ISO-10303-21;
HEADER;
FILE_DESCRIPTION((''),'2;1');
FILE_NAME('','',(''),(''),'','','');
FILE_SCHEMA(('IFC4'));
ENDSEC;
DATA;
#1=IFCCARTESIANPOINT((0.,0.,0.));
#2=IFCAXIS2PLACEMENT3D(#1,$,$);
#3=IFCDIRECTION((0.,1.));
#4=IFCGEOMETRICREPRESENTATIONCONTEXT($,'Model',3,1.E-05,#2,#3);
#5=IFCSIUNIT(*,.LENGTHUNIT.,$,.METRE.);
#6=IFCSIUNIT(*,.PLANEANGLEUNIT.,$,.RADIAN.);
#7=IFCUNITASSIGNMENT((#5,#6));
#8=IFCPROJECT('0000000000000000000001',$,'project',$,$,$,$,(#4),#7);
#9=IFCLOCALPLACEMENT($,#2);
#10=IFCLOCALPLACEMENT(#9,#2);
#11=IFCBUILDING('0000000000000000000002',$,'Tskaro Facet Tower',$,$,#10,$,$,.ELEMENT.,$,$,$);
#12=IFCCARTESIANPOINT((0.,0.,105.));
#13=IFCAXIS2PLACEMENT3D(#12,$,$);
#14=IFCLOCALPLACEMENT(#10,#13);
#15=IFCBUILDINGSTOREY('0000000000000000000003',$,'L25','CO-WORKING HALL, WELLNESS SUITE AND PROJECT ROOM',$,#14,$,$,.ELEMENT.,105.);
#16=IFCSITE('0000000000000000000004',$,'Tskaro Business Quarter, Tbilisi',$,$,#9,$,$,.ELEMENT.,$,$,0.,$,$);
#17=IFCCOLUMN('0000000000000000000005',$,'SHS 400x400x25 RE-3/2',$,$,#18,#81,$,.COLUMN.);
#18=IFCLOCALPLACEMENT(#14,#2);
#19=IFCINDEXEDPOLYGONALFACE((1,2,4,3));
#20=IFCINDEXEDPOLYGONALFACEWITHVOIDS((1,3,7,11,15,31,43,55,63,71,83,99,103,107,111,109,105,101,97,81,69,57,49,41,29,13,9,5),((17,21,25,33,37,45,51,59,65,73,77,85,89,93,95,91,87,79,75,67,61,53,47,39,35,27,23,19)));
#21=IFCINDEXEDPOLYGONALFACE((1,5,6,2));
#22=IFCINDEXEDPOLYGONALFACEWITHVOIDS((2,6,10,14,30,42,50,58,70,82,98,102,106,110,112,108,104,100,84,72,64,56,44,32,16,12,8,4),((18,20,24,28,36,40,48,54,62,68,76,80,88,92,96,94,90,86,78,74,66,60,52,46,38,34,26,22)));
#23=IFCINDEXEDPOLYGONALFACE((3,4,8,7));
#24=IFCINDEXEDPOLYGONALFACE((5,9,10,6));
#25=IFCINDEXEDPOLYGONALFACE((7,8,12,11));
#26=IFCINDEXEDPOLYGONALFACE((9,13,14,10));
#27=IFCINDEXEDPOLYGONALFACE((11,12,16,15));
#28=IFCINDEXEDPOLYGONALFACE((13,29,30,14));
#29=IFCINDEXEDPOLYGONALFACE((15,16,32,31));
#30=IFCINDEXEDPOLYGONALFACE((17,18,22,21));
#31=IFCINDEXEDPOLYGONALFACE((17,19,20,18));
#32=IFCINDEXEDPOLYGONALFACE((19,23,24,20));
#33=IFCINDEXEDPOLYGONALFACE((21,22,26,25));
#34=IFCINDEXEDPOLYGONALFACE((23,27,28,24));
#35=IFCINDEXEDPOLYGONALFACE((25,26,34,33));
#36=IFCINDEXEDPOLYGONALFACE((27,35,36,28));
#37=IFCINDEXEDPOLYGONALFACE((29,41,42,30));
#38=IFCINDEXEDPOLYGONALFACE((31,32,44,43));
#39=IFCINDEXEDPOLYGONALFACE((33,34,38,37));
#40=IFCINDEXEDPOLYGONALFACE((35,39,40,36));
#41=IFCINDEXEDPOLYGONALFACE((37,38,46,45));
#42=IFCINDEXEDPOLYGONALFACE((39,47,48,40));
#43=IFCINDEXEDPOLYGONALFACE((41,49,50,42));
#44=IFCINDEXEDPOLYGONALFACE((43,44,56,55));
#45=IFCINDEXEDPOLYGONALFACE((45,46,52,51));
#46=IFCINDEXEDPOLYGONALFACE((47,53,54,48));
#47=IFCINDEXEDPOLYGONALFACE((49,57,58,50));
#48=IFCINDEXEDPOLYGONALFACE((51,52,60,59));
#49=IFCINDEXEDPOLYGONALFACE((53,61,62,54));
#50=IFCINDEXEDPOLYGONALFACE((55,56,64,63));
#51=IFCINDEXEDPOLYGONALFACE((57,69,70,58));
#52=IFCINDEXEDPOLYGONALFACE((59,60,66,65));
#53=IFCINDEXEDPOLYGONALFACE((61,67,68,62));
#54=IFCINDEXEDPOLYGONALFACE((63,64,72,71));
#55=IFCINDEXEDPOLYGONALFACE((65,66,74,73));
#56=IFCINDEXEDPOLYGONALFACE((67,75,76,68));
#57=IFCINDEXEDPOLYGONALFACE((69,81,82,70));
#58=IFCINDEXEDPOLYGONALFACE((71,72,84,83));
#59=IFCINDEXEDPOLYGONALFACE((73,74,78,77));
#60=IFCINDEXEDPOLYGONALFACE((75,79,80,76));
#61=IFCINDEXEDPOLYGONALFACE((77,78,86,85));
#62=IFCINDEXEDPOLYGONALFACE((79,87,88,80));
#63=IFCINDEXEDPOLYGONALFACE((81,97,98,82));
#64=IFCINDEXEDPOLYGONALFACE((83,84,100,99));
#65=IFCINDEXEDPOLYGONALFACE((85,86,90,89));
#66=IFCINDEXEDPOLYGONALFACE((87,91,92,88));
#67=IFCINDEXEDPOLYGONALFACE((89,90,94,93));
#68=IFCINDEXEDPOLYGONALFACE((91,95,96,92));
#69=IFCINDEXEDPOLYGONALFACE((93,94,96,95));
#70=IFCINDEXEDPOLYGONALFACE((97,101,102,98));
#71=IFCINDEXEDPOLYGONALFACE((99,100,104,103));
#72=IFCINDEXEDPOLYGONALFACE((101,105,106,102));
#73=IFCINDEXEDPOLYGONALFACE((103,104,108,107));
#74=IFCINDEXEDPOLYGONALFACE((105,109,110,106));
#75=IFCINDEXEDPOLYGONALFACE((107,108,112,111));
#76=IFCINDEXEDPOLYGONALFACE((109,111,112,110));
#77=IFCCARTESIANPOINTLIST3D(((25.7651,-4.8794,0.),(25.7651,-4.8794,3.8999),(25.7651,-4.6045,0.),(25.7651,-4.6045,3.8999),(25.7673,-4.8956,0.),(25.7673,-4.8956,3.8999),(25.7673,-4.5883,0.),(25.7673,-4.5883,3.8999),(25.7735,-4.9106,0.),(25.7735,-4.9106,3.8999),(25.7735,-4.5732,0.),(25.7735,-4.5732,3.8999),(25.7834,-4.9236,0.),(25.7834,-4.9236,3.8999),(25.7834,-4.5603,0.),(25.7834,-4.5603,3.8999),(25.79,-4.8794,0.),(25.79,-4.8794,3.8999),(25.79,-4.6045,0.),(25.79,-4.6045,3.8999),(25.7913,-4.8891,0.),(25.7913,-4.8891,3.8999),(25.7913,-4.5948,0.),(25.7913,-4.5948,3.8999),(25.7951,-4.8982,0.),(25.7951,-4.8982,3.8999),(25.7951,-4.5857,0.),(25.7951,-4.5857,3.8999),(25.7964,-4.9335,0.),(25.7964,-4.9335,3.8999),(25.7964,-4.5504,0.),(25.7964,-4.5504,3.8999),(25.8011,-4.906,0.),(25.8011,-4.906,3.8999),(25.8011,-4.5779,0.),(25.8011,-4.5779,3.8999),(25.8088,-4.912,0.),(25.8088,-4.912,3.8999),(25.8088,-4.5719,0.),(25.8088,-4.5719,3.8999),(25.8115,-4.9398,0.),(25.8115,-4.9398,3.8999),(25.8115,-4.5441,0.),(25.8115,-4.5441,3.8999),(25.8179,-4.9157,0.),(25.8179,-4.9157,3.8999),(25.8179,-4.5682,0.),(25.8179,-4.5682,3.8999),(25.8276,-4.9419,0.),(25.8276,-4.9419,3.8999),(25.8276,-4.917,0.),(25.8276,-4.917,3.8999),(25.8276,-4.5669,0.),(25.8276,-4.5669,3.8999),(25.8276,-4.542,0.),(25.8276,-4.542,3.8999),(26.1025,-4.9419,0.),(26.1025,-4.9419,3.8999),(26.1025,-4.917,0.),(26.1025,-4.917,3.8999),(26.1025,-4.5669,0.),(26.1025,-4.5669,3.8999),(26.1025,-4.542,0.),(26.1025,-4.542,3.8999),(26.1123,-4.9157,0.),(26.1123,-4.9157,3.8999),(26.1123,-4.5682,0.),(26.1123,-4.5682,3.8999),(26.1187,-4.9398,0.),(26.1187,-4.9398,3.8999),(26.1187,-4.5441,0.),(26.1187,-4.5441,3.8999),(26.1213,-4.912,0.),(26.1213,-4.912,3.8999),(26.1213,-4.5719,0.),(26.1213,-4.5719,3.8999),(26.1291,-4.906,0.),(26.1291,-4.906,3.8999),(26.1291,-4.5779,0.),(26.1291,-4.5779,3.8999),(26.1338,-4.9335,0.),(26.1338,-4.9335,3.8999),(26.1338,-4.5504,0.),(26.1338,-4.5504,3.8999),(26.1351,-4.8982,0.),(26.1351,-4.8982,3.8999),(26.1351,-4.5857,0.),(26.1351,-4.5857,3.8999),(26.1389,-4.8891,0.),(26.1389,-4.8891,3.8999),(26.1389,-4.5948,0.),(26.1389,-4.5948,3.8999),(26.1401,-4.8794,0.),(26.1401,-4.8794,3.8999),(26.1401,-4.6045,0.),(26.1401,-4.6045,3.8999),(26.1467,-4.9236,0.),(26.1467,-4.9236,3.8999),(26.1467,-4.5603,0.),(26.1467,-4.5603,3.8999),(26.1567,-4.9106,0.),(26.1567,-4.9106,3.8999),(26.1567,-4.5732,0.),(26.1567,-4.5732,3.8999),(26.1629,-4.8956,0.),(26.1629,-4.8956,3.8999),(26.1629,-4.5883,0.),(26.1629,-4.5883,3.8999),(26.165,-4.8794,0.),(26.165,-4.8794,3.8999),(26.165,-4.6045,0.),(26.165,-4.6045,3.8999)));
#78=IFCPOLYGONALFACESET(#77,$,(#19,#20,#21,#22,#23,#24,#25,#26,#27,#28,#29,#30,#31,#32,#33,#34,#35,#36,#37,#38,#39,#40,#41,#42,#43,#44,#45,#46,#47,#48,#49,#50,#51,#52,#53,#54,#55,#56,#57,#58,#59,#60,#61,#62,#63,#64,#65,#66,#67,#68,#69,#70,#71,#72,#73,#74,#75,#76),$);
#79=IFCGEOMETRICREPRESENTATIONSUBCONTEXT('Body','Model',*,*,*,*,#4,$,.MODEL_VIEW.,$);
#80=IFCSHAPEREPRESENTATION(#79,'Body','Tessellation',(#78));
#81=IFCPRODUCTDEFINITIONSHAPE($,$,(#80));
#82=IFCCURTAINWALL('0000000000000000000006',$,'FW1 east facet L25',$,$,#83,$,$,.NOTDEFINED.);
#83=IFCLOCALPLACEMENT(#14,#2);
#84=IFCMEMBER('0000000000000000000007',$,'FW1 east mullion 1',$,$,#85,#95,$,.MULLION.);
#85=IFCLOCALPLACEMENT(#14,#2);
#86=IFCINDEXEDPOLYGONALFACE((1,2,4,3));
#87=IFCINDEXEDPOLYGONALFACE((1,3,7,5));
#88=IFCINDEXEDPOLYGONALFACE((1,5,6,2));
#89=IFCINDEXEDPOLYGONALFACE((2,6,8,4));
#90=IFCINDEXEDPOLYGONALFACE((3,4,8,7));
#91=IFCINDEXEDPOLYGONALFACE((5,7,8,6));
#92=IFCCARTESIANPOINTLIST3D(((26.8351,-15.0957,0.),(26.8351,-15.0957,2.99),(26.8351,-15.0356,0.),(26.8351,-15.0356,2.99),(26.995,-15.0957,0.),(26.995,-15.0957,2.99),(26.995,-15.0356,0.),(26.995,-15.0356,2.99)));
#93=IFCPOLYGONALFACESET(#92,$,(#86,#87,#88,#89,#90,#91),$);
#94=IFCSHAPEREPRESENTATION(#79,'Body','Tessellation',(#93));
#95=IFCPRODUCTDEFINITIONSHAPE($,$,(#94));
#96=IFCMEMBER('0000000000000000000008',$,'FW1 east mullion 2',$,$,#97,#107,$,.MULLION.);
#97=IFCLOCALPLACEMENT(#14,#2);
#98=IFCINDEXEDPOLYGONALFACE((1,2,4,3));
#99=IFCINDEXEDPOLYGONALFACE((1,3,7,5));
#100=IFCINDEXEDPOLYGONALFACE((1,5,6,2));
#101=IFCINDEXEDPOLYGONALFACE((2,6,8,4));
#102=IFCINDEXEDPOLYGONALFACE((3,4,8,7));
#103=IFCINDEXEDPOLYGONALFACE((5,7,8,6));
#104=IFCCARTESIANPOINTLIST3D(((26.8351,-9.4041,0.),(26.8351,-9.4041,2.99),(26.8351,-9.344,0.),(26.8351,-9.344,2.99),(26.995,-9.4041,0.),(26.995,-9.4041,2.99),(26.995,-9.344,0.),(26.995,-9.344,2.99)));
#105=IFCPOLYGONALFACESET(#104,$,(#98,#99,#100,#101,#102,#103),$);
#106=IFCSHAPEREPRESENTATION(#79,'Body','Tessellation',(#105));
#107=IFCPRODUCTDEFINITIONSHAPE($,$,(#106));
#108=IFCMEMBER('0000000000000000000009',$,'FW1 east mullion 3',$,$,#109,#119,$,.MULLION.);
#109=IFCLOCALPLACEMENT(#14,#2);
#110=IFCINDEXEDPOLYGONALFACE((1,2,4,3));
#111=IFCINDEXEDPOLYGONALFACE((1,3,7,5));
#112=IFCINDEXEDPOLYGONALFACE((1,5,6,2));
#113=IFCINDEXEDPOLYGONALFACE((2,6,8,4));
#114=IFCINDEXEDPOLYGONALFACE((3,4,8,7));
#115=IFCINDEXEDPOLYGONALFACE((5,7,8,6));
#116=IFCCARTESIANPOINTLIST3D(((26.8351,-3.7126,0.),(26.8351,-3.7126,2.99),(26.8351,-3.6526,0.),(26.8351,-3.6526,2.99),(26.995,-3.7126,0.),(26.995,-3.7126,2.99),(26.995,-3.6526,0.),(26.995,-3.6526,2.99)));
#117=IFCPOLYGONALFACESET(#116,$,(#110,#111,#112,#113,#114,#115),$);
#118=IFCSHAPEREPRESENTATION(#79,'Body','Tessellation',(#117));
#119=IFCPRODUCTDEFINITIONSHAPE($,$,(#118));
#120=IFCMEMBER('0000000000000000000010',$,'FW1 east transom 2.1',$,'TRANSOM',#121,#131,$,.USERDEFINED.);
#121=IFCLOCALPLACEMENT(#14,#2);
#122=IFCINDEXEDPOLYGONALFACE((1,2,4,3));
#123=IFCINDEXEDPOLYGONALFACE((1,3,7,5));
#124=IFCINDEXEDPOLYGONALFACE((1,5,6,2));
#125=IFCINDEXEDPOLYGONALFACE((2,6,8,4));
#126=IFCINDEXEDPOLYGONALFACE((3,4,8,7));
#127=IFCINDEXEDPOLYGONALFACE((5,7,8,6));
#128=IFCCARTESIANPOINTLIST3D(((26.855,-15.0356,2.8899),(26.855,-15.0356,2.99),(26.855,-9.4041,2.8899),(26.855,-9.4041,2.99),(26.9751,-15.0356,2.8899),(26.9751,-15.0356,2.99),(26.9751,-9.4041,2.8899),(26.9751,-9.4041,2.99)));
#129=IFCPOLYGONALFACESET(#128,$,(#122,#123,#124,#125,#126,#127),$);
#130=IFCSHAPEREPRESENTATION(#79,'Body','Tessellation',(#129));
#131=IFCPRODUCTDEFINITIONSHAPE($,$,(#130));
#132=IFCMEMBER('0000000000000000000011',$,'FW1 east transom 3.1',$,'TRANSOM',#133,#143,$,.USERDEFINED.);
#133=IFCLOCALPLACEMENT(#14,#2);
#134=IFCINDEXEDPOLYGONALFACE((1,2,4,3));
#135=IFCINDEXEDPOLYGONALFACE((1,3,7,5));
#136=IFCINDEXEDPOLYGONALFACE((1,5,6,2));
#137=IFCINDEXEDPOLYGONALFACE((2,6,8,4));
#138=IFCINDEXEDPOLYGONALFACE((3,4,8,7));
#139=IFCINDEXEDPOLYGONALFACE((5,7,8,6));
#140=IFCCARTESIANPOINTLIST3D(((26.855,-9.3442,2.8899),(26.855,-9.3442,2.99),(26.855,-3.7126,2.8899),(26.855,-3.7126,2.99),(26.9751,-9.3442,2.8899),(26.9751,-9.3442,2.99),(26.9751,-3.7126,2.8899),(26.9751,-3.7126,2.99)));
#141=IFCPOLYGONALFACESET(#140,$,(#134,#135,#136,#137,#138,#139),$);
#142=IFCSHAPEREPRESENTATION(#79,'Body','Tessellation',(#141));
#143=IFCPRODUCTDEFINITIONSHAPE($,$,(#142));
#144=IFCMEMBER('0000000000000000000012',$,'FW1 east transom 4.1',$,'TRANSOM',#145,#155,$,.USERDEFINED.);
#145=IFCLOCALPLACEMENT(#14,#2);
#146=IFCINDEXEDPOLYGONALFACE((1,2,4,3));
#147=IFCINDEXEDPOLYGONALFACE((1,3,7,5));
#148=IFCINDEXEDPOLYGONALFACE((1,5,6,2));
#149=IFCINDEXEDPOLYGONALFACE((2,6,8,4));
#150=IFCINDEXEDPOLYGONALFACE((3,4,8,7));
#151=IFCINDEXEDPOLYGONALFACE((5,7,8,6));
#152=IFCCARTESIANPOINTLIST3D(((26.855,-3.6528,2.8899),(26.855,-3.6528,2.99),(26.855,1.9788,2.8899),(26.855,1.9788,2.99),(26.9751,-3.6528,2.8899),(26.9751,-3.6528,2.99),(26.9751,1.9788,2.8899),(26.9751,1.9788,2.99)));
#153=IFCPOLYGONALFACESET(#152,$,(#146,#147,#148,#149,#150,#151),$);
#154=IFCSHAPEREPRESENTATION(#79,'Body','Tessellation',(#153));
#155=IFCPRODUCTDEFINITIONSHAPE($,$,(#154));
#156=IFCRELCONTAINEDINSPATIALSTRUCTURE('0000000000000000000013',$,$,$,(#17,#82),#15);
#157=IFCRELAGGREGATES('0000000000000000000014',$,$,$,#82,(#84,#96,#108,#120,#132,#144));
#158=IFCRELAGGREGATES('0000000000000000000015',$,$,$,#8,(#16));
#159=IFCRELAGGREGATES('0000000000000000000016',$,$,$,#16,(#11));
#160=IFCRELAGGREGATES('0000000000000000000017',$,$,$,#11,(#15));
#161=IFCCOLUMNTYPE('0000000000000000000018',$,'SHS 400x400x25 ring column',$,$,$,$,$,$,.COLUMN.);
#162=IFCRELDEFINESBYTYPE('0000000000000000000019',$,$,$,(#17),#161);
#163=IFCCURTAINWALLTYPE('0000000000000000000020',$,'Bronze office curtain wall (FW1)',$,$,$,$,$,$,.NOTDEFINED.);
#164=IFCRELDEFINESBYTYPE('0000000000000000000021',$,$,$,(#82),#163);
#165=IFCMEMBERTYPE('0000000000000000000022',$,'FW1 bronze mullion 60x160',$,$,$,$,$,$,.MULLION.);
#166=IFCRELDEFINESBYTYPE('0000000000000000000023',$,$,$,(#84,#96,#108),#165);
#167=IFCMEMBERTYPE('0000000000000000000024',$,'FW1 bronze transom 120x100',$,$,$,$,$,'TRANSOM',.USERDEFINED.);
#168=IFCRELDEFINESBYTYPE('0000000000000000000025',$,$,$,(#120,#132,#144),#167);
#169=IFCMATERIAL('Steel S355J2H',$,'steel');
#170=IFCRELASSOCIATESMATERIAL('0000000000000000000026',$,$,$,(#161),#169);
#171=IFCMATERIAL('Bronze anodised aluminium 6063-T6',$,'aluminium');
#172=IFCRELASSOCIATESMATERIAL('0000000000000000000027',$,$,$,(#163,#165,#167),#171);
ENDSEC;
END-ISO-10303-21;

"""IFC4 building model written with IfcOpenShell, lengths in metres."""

from ifc_helpers import new_model, si_unit, direction, frame, origin, origin_2d, place, context, subcontext, project, spatial, rectangle, hollow_rectangle, extrude, material, material_profile, profile_set, type_object, element, aggregate, save


model = new_model("IFC4")

# Units and contexts
model_context = context("Model", 3, precision=1e-05, world=origin(), true_north=direction((0.0, 1.0)))
body_context = subcontext(model_context, "Body", "Model", "MODEL_VIEW")
ifc_project = project(units=[si_unit("LENGTHUNIT", "METRE"), si_unit("PLANEANGLEUNIT", "RADIAN")], contexts=[model_context])

# Site, building, storey
site_placement = place(None, origin())
site = spatial("IfcSite", under=ifc_project, at=site_placement, Name="Tskaro Business Quarter, Tbilisi", CompositionType="ELEMENT", RefElevation=0.0)
building_placement = place(site_placement, origin())
building = spatial("IfcBuilding", under=site, at=building_placement, Name="Tskaro Facet Tower", CompositionType="ELEMENT")
storey_placement = place(building_placement, frame((0.0, 0.0, 105.0)))
storey = spatial("IfcBuildingStorey", under=building, at=storey_placement, Name="L25", Description="CO-WORKING HALL, WELLNESS SUITE AND PROJECT ROOM", CompositionType="ELEMENT", Elevation=105.0)

# Column
ifc_material_1 = material(Name="Steel S355J2H", Category="steel")
ifc_material_profile_1 = material_profile(ifc_material_1, hollow_rectangle(XDim=0.3999, YDim=0.3999, WallThickness=0.0249, InnerFilletRadius=0.0376, OuterFilletRadius=0.0625, at=origin_2d()), Name="SHS 400x400x25")
ifc_profile_set_1 = profile_set([ifc_material_profile_1], Name="Steel S355J2H")
column_type_1 = type_object("IfcColumnType", Name="SHS 400x400x25 ring column", PredefinedType="COLUMN", material=ifc_profile_set_1)
for number, where, z_axis, x_axis, name in (
    (1, (25.9651, -4.7419, 0.0), (0.0, 0.0, 1.0), (1.0, 0.0, 0.0), "SHS 400x400x25 RE-3/2"),
):
    element("IfcColumn", number, at=place(storey_placement, frame(where, z_axis=z_axis, x_axis=x_axis)), inside=storey, type_object=column_type_1, Name=name, PredefinedType="COLUMN", context=body_context, shape_type="SweptSolid", body=[
        extrude(hollow_rectangle(XDim=0.3999, YDim=0.3999, WallThickness=0.0249, InnerFilletRadius=0.0376, OuterFilletRadius=0.0625, at=origin_2d()), origin(), (0.0, 0.0, 1.0), 3.8999),
    ])

# Curtain wall, members
ifc_material_2 = material(Name="Bronze anodised aluminium 6063-T6", Category="aluminium")
curtain_wall_type = type_object("IfcCurtainWallType", Name="Bronze office curtain wall (FW1)", PredefinedType="NOTDEFINED", material=ifc_material_2)
curtain_wall_placement = place(storey_placement, origin())
curtain_wall = element("IfcCurtainWall", 2, at=curtain_wall_placement, inside=storey, type_object=curtain_wall_type, Name="FW1 east facet L25", PredefinedType="NOTDEFINED")
ifc_material_profile_2 = material_profile(ifc_material_2, rectangle(XDim=0.0601, YDim=0.1599, at=origin_2d()), Name="Mullion 60x160")
ifc_profile_set_2 = profile_set([ifc_material_profile_2], Name="Bronze anodised aluminium 6063-T6")
member_type_1 = type_object("IfcMemberType", Name="FW1 bronze mullion 60x160", PredefinedType="MULLION", material=ifc_profile_set_2)
member_1_placement = place(storey_placement, frame((26.915, -15.0657, 0.0), z_axis=(0.0, 0.0, 1.0), x_axis=(0.0, 1.0, 0.0)))
member_1 = element("IfcMember", 3, at=member_1_placement, type_object=member_type_1, Name="FW1 east mullion 1", PredefinedType="MULLION", context=body_context, shape_type="SweptSolid", body=[
    extrude(rectangle(XDim=0.0601, YDim=0.1599, at=origin_2d()), origin(), (0.0, 0.0, 1.0), 2.99),
])
member_2_placement = place(storey_placement, frame((26.915, -9.374, 0.0), z_axis=(0.0, 0.0, 1.0), x_axis=(0.0, 1.0, 0.0)))
member_2 = element("IfcMember", 4, at=member_2_placement, type_object=member_type_1, Name="FW1 east mullion 2", PredefinedType="MULLION", context=body_context, shape_type="SweptSolid", body=[
    extrude(rectangle(XDim=0.0601, YDim=0.1599, at=origin_2d()), origin(), (0.0, 0.0, 1.0), 2.99),
])
member_3_placement = place(storey_placement, frame((26.915, -3.6826, 0.0), z_axis=(0.0, 0.0, 1.0), x_axis=(0.0, 1.0, 0.0)))
member_3 = element("IfcMember", 5, at=member_3_placement, type_object=member_type_1, Name="FW1 east mullion 3", PredefinedType="MULLION", context=body_context, shape_type="SweptSolid", body=[
    extrude(rectangle(XDim=0.0601, YDim=0.1599, at=origin_2d()), origin(), (0.0, 0.0, 1.0), 2.99),
])
ifc_material_profile_3 = material_profile(ifc_material_2, rectangle(XDim=0.1201, YDim=0.1001, at=origin_2d()), Name="Transom 120x100")
ifc_profile_set_3 = profile_set([ifc_material_profile_3], Name="Bronze anodised aluminium 6063-T6")
member_type_2 = type_object("IfcMemberType", Name="FW1 bronze transom 120x100", ElementType="TRANSOM", PredefinedType="USERDEFINED", material=ifc_profile_set_3)
member_4_placement = place(storey_placement, frame((26.915, -15.0356, 2.9399), z_axis=(0.0, 1.0, 0.0), x_axis=(-1.0, 0.0, 0.0)))
member_4 = element("IfcMember", 6, at=member_4_placement, type_object=member_type_2, Name="FW1 east transom 2.1", ObjectType="TRANSOM", PredefinedType="USERDEFINED", context=body_context, shape_type="SweptSolid", body=[
    extrude(rectangle(XDim=0.1201, YDim=0.1001, at=origin_2d()), origin(), (0.0, 0.0, 1.0), 5.6316),
])
member_5_placement = place(storey_placement, frame((26.915, -9.3442, 2.9399), z_axis=(0.0, 1.0, 0.0), x_axis=(-1.0, 0.0, 0.0)))
member_5 = element("IfcMember", 7, at=member_5_placement, type_object=member_type_2, Name="FW1 east transom 3.1", ObjectType="TRANSOM", PredefinedType="USERDEFINED", context=body_context, shape_type="SweptSolid", body=[
    extrude(rectangle(XDim=0.1201, YDim=0.1001, at=origin_2d()), origin(), (0.0, 0.0, 1.0), 5.6316),
])
member_6_placement = place(storey_placement, frame((26.915, -3.6528, 2.9399), z_axis=(0.0, 1.0, 0.0), x_axis=(-1.0, 0.0, 0.0)))
member_6 = element("IfcMember", 8, at=member_6_placement, type_object=member_type_2, Name="FW1 east transom 4.1", ObjectType="TRANSOM", PredefinedType="USERDEFINED", context=body_context, shape_type="SweptSolid", body=[
    extrude(rectangle(XDim=0.1201, YDim=0.1001, at=origin_2d()), origin(), (0.0, 0.0, 1.0), 5.6316),
])

aggregate(curtain_wall, [member_1, member_2, member_3, member_4, member_5, member_6])

save(model, "model.ifc")
